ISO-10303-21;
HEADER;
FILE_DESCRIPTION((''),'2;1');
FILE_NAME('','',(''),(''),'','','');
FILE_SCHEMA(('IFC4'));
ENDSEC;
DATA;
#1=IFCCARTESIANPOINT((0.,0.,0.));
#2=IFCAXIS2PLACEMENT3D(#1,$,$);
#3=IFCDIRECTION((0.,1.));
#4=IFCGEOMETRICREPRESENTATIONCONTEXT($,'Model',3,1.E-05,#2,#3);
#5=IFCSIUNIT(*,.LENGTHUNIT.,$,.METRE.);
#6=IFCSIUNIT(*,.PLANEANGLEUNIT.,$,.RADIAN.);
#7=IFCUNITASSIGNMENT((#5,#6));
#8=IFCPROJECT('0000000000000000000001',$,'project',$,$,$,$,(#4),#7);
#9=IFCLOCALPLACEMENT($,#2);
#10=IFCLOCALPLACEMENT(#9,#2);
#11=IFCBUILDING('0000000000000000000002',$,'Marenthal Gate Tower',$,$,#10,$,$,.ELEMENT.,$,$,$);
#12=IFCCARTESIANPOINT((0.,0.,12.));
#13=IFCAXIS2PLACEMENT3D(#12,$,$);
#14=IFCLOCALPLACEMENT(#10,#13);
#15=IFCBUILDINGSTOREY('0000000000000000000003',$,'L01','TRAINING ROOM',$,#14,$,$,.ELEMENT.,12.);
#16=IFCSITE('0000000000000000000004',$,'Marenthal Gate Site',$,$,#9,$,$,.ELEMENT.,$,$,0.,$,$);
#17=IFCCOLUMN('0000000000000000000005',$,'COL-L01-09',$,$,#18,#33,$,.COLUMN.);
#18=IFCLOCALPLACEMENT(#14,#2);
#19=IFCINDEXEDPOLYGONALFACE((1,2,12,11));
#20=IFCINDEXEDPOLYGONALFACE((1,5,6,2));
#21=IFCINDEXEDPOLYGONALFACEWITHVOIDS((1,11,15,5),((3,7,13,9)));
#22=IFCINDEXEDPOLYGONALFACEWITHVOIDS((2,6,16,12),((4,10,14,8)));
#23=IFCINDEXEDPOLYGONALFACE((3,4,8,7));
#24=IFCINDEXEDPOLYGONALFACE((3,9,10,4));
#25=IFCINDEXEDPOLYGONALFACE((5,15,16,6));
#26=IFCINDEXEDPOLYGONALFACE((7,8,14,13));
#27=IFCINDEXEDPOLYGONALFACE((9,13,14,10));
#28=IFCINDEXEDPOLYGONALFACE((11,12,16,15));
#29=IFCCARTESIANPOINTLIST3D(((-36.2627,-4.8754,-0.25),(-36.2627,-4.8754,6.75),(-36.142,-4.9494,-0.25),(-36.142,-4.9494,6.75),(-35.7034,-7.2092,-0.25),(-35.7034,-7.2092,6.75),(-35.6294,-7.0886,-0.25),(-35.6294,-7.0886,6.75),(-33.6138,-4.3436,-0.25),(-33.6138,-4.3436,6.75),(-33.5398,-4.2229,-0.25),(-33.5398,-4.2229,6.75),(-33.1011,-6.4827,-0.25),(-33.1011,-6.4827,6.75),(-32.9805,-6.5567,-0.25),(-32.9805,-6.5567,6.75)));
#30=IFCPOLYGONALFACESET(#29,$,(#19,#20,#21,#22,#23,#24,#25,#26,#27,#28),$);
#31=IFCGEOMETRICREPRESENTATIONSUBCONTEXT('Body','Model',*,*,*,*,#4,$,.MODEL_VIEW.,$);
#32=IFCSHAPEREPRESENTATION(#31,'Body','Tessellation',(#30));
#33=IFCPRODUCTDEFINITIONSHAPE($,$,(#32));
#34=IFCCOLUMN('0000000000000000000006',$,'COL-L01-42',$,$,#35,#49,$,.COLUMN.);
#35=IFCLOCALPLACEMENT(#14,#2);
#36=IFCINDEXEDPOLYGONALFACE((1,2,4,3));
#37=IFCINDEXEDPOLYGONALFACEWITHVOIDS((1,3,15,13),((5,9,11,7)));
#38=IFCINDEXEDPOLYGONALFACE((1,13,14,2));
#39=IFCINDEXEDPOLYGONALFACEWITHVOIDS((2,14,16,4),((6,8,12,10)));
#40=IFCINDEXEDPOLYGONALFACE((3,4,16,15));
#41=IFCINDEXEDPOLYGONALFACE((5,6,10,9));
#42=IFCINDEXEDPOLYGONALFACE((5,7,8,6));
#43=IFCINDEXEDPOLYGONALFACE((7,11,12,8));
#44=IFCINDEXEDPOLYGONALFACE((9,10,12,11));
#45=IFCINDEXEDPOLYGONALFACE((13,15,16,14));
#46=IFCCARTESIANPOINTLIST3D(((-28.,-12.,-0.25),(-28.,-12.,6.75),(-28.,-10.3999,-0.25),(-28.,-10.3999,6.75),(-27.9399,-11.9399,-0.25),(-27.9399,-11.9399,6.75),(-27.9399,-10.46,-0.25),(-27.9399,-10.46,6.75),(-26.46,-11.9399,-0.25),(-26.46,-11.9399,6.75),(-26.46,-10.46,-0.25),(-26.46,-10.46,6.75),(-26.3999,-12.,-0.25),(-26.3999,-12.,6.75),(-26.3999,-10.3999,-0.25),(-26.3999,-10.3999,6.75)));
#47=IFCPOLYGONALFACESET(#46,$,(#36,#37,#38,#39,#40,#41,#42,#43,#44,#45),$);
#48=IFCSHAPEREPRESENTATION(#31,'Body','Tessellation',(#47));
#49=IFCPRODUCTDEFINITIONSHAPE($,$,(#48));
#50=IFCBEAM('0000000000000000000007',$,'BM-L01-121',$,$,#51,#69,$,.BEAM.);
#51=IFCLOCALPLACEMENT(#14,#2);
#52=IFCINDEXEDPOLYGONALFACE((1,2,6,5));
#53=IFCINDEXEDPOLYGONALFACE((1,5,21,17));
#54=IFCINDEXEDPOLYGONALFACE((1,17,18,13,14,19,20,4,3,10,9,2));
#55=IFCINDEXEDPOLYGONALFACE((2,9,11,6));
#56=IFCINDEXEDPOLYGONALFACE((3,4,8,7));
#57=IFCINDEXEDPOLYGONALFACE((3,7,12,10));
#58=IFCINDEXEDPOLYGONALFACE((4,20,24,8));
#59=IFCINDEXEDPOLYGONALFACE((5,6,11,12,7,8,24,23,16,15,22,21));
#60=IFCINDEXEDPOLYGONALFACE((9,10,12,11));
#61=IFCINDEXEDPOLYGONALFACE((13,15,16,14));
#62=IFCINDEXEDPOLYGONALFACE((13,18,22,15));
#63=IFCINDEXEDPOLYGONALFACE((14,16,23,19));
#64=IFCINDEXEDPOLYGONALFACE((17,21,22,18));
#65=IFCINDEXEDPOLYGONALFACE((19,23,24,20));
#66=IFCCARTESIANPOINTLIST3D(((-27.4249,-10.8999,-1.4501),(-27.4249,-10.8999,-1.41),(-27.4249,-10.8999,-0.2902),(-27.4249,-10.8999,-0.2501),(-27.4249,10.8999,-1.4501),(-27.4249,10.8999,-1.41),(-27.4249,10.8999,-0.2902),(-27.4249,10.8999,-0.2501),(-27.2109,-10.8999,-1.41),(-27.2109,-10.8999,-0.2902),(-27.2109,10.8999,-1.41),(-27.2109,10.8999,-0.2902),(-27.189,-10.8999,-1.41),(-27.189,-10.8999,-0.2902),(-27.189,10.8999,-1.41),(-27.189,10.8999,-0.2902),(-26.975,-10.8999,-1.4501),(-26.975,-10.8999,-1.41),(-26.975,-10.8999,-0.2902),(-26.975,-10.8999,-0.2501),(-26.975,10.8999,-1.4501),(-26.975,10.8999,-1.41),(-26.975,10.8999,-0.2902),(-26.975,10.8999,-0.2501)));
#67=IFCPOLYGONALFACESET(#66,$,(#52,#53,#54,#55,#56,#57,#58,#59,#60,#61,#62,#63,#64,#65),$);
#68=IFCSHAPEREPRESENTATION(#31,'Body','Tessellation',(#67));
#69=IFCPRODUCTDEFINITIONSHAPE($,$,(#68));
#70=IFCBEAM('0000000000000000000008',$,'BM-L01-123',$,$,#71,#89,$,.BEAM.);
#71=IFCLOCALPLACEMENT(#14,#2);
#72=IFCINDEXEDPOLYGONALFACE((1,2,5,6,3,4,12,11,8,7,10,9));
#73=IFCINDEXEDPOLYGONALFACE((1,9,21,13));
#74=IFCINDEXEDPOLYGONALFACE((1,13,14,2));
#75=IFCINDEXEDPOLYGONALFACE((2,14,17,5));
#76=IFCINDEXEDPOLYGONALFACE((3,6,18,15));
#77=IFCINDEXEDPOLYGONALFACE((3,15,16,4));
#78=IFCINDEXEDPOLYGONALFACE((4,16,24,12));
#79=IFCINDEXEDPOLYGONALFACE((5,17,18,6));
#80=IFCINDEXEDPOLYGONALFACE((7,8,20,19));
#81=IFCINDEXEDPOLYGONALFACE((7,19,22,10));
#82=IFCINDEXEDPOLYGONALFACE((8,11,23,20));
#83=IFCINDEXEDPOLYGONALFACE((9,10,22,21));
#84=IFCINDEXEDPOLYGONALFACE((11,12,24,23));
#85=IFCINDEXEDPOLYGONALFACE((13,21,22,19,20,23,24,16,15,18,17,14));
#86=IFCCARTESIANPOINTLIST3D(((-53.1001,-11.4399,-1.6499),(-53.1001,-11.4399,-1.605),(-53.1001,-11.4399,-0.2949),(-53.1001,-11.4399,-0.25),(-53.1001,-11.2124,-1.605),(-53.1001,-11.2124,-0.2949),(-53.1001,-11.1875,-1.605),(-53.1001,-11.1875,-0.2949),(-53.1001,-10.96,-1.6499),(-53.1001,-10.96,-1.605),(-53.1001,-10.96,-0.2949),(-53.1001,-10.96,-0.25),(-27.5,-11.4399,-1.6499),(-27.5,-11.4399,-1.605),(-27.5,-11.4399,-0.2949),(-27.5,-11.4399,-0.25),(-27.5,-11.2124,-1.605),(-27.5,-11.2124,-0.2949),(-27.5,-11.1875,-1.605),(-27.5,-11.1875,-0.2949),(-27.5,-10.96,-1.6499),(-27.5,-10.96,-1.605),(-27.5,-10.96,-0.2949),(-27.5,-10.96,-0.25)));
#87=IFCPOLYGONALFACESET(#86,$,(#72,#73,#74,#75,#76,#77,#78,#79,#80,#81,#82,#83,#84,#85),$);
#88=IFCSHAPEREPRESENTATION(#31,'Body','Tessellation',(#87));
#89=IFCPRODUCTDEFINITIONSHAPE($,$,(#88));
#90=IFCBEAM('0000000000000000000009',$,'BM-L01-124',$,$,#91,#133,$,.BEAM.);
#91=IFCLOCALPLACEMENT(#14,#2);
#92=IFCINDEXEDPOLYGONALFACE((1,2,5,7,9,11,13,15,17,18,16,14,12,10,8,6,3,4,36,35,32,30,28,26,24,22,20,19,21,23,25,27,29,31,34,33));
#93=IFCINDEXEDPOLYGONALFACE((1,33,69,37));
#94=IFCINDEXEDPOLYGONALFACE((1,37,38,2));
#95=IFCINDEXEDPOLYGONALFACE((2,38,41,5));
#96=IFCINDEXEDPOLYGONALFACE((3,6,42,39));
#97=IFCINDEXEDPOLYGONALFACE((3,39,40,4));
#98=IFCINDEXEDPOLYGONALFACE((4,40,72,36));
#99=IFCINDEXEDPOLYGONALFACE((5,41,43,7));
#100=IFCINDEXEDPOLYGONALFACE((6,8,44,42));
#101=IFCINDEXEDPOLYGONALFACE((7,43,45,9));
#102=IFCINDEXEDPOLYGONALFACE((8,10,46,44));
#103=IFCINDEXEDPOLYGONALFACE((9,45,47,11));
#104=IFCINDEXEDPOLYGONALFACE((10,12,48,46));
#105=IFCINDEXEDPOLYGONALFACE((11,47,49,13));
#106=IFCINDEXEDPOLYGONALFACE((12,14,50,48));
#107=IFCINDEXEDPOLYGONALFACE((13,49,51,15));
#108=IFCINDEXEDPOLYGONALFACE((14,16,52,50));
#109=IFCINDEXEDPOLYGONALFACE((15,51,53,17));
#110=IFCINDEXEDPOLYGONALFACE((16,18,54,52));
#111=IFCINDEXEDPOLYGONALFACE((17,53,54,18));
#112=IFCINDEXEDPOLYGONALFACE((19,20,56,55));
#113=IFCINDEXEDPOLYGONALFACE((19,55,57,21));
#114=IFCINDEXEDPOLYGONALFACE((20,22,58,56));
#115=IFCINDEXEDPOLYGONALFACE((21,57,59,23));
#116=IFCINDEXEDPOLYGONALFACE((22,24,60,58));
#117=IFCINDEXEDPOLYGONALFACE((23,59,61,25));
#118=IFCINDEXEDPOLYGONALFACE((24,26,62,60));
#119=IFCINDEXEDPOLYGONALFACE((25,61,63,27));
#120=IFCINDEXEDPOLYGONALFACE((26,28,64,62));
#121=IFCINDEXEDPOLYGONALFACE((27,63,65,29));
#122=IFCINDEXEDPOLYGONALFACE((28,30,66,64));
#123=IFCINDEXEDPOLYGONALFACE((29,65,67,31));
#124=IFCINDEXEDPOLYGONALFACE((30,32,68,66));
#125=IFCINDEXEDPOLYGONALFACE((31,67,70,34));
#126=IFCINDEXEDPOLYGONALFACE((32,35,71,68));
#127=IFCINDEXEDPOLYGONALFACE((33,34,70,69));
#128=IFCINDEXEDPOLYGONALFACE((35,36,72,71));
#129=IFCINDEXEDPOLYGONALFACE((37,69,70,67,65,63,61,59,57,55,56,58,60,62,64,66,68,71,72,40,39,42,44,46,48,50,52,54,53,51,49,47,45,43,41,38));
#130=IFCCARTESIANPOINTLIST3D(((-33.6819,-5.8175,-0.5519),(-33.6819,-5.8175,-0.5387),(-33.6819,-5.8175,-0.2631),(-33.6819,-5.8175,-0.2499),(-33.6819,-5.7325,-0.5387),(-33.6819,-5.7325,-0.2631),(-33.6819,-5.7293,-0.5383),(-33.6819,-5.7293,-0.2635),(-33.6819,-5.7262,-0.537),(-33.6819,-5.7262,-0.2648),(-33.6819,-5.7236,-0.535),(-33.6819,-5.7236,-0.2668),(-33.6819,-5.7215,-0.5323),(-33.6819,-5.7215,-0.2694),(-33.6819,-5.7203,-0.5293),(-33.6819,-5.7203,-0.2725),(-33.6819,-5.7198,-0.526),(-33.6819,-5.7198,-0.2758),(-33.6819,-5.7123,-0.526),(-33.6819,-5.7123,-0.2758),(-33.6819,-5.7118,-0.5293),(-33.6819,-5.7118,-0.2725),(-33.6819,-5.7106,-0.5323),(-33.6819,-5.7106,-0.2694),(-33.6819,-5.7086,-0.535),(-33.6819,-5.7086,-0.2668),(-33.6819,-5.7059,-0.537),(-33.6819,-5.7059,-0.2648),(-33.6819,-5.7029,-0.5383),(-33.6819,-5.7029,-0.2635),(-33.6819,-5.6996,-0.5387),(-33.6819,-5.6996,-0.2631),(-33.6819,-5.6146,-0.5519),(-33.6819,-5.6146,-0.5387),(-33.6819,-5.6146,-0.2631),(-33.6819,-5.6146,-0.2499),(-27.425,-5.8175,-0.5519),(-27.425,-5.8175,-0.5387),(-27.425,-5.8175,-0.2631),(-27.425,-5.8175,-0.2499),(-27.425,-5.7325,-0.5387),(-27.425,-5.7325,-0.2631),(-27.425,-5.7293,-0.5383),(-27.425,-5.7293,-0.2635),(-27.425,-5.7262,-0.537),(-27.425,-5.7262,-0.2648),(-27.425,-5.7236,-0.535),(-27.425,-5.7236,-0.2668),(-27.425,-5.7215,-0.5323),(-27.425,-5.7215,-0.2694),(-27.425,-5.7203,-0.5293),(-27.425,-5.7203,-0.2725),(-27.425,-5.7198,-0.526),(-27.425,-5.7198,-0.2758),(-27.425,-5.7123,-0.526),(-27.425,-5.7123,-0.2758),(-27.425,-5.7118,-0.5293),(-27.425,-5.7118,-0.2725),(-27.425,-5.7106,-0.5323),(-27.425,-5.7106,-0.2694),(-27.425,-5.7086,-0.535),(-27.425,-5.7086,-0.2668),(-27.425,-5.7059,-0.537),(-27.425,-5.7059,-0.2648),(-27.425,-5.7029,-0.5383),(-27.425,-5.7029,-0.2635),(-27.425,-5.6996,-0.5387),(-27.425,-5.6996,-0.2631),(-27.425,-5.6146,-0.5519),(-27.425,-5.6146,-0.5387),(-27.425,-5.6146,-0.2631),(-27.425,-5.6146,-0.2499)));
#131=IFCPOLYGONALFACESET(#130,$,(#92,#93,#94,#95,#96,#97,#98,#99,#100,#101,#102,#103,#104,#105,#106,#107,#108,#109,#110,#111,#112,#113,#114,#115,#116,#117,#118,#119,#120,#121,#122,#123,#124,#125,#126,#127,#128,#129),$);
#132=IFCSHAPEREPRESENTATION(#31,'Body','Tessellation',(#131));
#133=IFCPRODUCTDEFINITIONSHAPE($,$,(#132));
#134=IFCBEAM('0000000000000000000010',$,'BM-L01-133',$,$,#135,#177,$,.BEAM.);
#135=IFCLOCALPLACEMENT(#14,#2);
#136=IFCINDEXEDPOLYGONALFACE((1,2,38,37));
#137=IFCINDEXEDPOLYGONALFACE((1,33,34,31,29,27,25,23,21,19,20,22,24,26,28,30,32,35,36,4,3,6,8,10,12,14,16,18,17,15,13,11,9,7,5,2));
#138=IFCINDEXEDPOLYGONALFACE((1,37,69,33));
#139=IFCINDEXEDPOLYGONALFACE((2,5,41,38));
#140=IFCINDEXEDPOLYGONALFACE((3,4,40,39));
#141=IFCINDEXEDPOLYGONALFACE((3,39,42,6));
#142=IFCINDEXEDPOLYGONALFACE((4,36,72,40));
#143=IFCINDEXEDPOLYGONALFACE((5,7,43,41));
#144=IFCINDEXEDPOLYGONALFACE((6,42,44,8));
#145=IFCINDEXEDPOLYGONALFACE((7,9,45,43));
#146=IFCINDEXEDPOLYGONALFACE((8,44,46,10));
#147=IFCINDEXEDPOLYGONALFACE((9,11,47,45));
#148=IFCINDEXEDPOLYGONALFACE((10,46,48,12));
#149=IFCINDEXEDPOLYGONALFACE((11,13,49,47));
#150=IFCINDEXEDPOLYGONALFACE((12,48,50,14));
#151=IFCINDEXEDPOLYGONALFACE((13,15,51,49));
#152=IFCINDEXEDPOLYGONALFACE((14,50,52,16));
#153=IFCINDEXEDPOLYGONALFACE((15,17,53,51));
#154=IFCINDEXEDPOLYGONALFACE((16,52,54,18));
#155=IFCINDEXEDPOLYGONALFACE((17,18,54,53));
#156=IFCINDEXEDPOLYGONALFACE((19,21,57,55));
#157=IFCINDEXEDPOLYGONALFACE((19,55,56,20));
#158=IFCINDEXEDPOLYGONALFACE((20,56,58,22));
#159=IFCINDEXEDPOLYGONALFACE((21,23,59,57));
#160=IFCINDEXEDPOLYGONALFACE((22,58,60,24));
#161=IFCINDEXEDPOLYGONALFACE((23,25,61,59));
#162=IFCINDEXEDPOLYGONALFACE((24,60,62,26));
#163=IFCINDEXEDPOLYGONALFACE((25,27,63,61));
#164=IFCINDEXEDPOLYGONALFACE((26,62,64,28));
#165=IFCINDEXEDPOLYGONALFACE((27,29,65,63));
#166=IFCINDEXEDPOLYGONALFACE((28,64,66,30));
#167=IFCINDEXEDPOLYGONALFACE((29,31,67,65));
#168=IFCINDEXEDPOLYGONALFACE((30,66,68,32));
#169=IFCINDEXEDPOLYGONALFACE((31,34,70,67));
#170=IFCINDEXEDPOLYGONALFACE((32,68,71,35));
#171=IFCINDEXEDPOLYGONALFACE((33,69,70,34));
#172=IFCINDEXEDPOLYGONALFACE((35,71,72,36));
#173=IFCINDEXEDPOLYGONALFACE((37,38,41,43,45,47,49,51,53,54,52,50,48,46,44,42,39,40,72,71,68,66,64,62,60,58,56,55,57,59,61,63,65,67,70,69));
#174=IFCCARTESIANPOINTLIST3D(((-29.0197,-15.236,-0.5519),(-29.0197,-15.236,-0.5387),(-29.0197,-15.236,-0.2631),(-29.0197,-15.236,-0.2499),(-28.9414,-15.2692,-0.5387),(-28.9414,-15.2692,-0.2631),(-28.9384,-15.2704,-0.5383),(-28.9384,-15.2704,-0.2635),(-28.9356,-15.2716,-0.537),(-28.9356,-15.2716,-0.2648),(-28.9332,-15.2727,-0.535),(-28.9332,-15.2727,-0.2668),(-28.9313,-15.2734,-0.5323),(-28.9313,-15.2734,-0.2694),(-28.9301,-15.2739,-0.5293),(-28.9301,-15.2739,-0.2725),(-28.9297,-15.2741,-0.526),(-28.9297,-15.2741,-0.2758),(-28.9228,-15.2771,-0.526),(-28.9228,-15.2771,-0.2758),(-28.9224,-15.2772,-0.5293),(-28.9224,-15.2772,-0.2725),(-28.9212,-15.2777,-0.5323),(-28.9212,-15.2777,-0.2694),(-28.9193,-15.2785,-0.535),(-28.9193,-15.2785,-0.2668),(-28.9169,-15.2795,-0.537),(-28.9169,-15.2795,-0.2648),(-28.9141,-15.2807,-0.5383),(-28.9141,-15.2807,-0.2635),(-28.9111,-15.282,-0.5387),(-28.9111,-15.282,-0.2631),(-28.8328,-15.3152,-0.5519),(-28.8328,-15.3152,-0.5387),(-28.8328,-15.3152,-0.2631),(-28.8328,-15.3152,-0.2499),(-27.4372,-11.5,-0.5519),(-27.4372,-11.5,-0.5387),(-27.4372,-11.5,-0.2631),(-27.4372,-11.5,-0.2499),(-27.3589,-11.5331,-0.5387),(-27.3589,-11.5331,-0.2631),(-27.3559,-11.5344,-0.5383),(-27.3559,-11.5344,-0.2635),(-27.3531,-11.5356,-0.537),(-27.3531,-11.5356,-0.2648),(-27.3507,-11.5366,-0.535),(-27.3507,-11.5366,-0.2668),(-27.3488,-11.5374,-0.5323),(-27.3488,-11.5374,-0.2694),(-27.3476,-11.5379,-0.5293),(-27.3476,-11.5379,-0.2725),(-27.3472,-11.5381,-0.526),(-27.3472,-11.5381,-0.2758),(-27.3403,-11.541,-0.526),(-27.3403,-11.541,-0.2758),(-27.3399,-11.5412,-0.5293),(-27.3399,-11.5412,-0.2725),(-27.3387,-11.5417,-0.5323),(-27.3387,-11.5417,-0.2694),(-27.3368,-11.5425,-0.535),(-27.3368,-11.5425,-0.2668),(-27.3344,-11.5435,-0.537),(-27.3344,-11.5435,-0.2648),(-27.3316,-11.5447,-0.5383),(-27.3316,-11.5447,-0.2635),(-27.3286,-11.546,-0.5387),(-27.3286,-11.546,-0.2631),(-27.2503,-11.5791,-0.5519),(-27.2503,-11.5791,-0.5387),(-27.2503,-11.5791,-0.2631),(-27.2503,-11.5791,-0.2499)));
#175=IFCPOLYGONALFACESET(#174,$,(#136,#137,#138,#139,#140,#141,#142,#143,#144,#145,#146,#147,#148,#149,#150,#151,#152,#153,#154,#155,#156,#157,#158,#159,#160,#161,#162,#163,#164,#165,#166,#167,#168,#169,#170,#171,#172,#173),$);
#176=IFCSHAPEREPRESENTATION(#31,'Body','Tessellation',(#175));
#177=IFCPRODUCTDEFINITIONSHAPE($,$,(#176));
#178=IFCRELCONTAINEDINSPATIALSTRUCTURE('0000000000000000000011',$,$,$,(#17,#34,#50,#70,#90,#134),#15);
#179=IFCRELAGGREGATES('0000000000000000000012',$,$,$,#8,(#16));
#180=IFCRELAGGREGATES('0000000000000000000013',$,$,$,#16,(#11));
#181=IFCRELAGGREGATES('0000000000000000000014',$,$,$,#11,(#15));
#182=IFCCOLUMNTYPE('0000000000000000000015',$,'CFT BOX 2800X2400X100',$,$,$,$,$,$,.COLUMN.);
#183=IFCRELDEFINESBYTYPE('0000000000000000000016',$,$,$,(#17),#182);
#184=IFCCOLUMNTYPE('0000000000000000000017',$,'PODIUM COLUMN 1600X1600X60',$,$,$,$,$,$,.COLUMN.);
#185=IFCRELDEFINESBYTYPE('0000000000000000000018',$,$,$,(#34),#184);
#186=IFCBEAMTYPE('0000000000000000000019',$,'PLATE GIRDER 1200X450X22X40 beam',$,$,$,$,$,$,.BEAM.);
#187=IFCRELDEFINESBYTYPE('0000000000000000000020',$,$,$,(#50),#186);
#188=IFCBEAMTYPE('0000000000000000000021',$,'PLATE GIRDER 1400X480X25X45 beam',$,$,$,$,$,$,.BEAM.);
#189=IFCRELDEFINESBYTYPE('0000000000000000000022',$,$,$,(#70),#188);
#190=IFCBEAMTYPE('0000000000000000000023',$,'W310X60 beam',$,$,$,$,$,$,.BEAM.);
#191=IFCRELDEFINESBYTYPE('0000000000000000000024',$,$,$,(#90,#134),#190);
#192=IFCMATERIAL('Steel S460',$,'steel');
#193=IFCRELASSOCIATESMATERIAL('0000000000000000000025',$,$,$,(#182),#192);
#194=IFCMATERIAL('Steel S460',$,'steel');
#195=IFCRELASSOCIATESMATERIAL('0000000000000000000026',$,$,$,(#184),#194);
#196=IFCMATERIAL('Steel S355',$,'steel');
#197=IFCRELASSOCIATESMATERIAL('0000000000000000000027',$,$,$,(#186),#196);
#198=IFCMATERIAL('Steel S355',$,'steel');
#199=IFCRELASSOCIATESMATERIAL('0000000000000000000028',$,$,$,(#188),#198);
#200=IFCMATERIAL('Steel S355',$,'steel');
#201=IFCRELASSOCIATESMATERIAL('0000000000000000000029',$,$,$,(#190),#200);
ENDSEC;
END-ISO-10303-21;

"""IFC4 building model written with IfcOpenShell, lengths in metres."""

from ifc_helpers import new_model, si_unit, direction, frame, origin, origin_2d, place, context, subcontext, project, spatial, rectangle, hollow_rectangle, i_section, extrude, material, material_profile, profile_set, type_object, element, save


model = new_model("IFC4")

# Units and contexts
model_context = context("Model", 3, precision=1e-05, world=origin(), true_north=direction((0.0, 1.0)))
body_context = subcontext(model_context, "Body", "Model", "MODEL_VIEW")
ifc_project = project(units=[si_unit("LENGTHUNIT", "METRE"), si_unit("PLANEANGLEUNIT", "RADIAN")], contexts=[model_context])

# Site, building, storey
site_placement = place(None, origin())
site = spatial("IfcSite", under=ifc_project, at=site_placement, Name="Marenthal Gate Site", CompositionType="ELEMENT", RefElevation=0.0)
building_placement = place(site_placement, origin())
building = spatial("IfcBuilding", under=site, at=building_placement, Name="Marenthal Gate Tower", CompositionType="ELEMENT")
storey_placement = place(building_placement, frame((0.0, 0.0, 12.0)))
storey = spatial("IfcBuildingStorey", under=building, at=storey_placement, Name="L01", Description="TRAINING ROOM", CompositionType="ELEMENT", Elevation=12.0)

# Columns
ifc_material_1 = material(Name="Steel S460", Category="steel")
ifc_material_profile_1 = material_profile(ifc_material_1, hollow_rectangle(XDim=2.3999, YDim=2.8, WallThickness=0.1001, at=origin_2d()), Name="CFT BOX 2800X2400X100")
ifc_material_2 = material(Name="Concrete 70 MPa", Category="concrete")
ifc_material_profile_2 = material_profile(ifc_material_2, rectangle(XDim=2.2, YDim=2.6001, at=origin_2d()), Name="CFT BOX 2800X2400X100 INFILL")
ifc_profile_set_1 = profile_set([ifc_material_profile_1, ifc_material_profile_2], Name="Steel S460 shell, Concrete 70 MPa infill")
column_type_1 = type_object("IfcColumnType", Name="CFT BOX 2800X2400X100", PredefinedType="COLUMN", material=ifc_profile_set_1)
column_1_placement = place(storey_placement, frame((-34.6216, -5.7161, -0.25), z_axis=(0.0, 0.0, 1.0), x_axis=(-0.233047, 0.972466, 0.0)))
element("IfcColumn", 1, at=column_1_placement, inside=storey, type_object=column_type_1, Name="COL-L01-09", PredefinedType="COLUMN", context=body_context, shape_type="SweptSolid", body=[
    extrude(hollow_rectangle(XDim=2.3999, YDim=2.8, WallThickness=0.1001, at=origin_2d()), origin(), (0.0, 0.0, 1.0), 7.0),
])
ifc_material_3 = material(Name="Steel S460", Category="steel")
ifc_material_profile_3 = material_profile(ifc_material_3, hollow_rectangle(XDim=1.6001, YDim=1.6001, WallThickness=0.0601, at=origin_2d()), Name="CFT BOX 1600X1600X60")
ifc_material_4 = material(Name="Concrete 70 MPa", Category="concrete")
ifc_material_profile_4 = material_profile(ifc_material_4, rectangle(XDim=1.48, YDim=1.48, at=origin_2d()), Name="CFT BOX 1600X1600X60 INFILL")
ifc_profile_set_2 = profile_set([ifc_material_profile_3, ifc_material_profile_4], Name="Steel S460 shell, Concrete 70 MPa infill")
column_type_2 = type_object("IfcColumnType", Name="PODIUM COLUMN 1600X1600X60", PredefinedType="COLUMN", material=ifc_profile_set_2)
column_2_placement = place(storey_placement, frame((-27.2, -11.2, -0.25), z_axis=(0.0, 0.0, 1.0), x_axis=(1.0, 0.0, 0.0)))
element("IfcColumn", 2, at=column_2_placement, inside=storey, type_object=column_type_2, Name="COL-L01-42", PredefinedType="COLUMN", context=body_context, shape_type="SweptSolid", body=[
    extrude(hollow_rectangle(XDim=1.6001, YDim=1.6001, WallThickness=0.0601, at=origin_2d()), origin(), (0.0, 0.0, 1.0), 7.0),
])

# Beams
ifc_material_5 = material(Name="Steel S355", Category="steel")
ifc_material_profile_5 = material_profile(ifc_material_5, i_section(OverallWidth=0.45, OverallDepth=1.2, WebThickness=0.022, FlangeThickness=0.04, at=origin_2d()), Name="PLATE GIRDER 1200X450X22X40")
ifc_profile_set_3 = profile_set([ifc_material_profile_5], Name="Steel S355")
beam_type_1 = type_object("IfcBeamType", Name="PLATE GIRDER 1200X450X22X40 beam", PredefinedType="BEAM", material=ifc_profile_set_3)
beam_1_placement = place(storey_placement, frame((-27.2, -10.8999, -0.8501), z_axis=(0.0, 1.0, 0.0), x_axis=(-1.0, 0.0, 0.0)))
element("IfcBeam", 3, at=beam_1_placement, inside=storey, type_object=beam_type_1, Name="BM-L01-121", PredefinedType="BEAM", context=body_context, shape_type="SweptSolid", body=[
    extrude(i_section(OverallWidth=0.45, OverallDepth=1.2, WebThickness=0.022, FlangeThickness=0.04, at=origin_2d()), origin(), (0.0, 0.0, 1.0), 21.7998),
])
ifc_material_6 = material(Name="Steel S355", Category="steel")
ifc_material_profile_6 = material_profile(ifc_material_6, i_section(OverallWidth=0.48, OverallDepth=1.3999, WebThickness=0.0249, FlangeThickness=0.0449, at=origin_2d()), Name="PLATE GIRDER 1400X480X25X45")
ifc_profile_set_4 = profile_set([ifc_material_profile_6], Name="Steel S355")
beam_type_2 = type_object("IfcBeamType", Name="PLATE GIRDER 1400X480X25X45 beam", PredefinedType="BEAM", material=ifc_profile_set_4)
beam_2_placement = place(storey_placement, frame((-27.5, -11.2, -0.95), z_axis=(-1.0, 0.0, 0.0), x_axis=(0.0, -1.0, 0.0)))
element("IfcBeam", 4, at=beam_2_placement, inside=storey, type_object=beam_type_2, Name="BM-L01-123", PredefinedType="BEAM", context=body_context, shape_type="SweptSolid", body=[
    extrude(i_section(OverallWidth=0.48, OverallDepth=1.3999, WebThickness=0.0249, FlangeThickness=0.0449, at=origin_2d()), origin(), (0.0, 0.0, 1.0), 25.6001),
])
ifc_material_7 = material(Name="Steel S355", Category="steel")
ifc_material_profile_7 = material_profile(ifc_material_7, i_section(OverallWidth=0.2029, OverallDepth=0.302, WebThickness=0.0076, FlangeThickness=0.0132, FilletRadius=0.0127, at=origin_2d()), Name="W310X60")
ifc_profile_set_5 = profile_set([ifc_material_profile_7], Name="Steel S355")
beam_type_3 = type_object("IfcBeamType", Name="W310X60 beam", PredefinedType="BEAM", material=ifc_profile_set_5)
beam_3_placement = place(storey_placement, frame((-27.425, -5.7161, -0.4009), z_axis=(-1.0, 0.0, 0.0), x_axis=(0.0, -1.0, 0.0)))
element("IfcBeam", 5, at=beam_3_placement, inside=storey, type_object=beam_type_3, Name="BM-L01-124", PredefinedType="BEAM", context=body_context, shape_type="SweptSolid", body=[
    extrude(i_section(OverallWidth=0.2029, OverallDepth=0.302, WebThickness=0.0076, FlangeThickness=0.0132, FilletRadius=0.0127, at=origin_2d()), origin(), (0.0, 0.0, 1.0), 6.2568),
])
beam_4_placement = place(storey_placement, frame((-27.3438, -11.5396, -0.4009), z_axis=(-0.390031, -0.920802, 0.0), x_axis=(0.920802, -0.390031, 0.0)))
element("IfcBeam", 6, at=beam_4_placement, inside=storey, type_object=beam_type_3, Name="BM-L01-133", PredefinedType="BEAM", context=body_context, shape_type="SweptSolid", body=[
    extrude(i_section(OverallWidth=0.2029, OverallDepth=0.302, WebThickness=0.0076, FlangeThickness=0.0132, FilletRadius=0.0127, at=origin_2d()), origin(), (0.0, 0.0, 1.0), 4.0574),
])

save(model, "model.ifc")
